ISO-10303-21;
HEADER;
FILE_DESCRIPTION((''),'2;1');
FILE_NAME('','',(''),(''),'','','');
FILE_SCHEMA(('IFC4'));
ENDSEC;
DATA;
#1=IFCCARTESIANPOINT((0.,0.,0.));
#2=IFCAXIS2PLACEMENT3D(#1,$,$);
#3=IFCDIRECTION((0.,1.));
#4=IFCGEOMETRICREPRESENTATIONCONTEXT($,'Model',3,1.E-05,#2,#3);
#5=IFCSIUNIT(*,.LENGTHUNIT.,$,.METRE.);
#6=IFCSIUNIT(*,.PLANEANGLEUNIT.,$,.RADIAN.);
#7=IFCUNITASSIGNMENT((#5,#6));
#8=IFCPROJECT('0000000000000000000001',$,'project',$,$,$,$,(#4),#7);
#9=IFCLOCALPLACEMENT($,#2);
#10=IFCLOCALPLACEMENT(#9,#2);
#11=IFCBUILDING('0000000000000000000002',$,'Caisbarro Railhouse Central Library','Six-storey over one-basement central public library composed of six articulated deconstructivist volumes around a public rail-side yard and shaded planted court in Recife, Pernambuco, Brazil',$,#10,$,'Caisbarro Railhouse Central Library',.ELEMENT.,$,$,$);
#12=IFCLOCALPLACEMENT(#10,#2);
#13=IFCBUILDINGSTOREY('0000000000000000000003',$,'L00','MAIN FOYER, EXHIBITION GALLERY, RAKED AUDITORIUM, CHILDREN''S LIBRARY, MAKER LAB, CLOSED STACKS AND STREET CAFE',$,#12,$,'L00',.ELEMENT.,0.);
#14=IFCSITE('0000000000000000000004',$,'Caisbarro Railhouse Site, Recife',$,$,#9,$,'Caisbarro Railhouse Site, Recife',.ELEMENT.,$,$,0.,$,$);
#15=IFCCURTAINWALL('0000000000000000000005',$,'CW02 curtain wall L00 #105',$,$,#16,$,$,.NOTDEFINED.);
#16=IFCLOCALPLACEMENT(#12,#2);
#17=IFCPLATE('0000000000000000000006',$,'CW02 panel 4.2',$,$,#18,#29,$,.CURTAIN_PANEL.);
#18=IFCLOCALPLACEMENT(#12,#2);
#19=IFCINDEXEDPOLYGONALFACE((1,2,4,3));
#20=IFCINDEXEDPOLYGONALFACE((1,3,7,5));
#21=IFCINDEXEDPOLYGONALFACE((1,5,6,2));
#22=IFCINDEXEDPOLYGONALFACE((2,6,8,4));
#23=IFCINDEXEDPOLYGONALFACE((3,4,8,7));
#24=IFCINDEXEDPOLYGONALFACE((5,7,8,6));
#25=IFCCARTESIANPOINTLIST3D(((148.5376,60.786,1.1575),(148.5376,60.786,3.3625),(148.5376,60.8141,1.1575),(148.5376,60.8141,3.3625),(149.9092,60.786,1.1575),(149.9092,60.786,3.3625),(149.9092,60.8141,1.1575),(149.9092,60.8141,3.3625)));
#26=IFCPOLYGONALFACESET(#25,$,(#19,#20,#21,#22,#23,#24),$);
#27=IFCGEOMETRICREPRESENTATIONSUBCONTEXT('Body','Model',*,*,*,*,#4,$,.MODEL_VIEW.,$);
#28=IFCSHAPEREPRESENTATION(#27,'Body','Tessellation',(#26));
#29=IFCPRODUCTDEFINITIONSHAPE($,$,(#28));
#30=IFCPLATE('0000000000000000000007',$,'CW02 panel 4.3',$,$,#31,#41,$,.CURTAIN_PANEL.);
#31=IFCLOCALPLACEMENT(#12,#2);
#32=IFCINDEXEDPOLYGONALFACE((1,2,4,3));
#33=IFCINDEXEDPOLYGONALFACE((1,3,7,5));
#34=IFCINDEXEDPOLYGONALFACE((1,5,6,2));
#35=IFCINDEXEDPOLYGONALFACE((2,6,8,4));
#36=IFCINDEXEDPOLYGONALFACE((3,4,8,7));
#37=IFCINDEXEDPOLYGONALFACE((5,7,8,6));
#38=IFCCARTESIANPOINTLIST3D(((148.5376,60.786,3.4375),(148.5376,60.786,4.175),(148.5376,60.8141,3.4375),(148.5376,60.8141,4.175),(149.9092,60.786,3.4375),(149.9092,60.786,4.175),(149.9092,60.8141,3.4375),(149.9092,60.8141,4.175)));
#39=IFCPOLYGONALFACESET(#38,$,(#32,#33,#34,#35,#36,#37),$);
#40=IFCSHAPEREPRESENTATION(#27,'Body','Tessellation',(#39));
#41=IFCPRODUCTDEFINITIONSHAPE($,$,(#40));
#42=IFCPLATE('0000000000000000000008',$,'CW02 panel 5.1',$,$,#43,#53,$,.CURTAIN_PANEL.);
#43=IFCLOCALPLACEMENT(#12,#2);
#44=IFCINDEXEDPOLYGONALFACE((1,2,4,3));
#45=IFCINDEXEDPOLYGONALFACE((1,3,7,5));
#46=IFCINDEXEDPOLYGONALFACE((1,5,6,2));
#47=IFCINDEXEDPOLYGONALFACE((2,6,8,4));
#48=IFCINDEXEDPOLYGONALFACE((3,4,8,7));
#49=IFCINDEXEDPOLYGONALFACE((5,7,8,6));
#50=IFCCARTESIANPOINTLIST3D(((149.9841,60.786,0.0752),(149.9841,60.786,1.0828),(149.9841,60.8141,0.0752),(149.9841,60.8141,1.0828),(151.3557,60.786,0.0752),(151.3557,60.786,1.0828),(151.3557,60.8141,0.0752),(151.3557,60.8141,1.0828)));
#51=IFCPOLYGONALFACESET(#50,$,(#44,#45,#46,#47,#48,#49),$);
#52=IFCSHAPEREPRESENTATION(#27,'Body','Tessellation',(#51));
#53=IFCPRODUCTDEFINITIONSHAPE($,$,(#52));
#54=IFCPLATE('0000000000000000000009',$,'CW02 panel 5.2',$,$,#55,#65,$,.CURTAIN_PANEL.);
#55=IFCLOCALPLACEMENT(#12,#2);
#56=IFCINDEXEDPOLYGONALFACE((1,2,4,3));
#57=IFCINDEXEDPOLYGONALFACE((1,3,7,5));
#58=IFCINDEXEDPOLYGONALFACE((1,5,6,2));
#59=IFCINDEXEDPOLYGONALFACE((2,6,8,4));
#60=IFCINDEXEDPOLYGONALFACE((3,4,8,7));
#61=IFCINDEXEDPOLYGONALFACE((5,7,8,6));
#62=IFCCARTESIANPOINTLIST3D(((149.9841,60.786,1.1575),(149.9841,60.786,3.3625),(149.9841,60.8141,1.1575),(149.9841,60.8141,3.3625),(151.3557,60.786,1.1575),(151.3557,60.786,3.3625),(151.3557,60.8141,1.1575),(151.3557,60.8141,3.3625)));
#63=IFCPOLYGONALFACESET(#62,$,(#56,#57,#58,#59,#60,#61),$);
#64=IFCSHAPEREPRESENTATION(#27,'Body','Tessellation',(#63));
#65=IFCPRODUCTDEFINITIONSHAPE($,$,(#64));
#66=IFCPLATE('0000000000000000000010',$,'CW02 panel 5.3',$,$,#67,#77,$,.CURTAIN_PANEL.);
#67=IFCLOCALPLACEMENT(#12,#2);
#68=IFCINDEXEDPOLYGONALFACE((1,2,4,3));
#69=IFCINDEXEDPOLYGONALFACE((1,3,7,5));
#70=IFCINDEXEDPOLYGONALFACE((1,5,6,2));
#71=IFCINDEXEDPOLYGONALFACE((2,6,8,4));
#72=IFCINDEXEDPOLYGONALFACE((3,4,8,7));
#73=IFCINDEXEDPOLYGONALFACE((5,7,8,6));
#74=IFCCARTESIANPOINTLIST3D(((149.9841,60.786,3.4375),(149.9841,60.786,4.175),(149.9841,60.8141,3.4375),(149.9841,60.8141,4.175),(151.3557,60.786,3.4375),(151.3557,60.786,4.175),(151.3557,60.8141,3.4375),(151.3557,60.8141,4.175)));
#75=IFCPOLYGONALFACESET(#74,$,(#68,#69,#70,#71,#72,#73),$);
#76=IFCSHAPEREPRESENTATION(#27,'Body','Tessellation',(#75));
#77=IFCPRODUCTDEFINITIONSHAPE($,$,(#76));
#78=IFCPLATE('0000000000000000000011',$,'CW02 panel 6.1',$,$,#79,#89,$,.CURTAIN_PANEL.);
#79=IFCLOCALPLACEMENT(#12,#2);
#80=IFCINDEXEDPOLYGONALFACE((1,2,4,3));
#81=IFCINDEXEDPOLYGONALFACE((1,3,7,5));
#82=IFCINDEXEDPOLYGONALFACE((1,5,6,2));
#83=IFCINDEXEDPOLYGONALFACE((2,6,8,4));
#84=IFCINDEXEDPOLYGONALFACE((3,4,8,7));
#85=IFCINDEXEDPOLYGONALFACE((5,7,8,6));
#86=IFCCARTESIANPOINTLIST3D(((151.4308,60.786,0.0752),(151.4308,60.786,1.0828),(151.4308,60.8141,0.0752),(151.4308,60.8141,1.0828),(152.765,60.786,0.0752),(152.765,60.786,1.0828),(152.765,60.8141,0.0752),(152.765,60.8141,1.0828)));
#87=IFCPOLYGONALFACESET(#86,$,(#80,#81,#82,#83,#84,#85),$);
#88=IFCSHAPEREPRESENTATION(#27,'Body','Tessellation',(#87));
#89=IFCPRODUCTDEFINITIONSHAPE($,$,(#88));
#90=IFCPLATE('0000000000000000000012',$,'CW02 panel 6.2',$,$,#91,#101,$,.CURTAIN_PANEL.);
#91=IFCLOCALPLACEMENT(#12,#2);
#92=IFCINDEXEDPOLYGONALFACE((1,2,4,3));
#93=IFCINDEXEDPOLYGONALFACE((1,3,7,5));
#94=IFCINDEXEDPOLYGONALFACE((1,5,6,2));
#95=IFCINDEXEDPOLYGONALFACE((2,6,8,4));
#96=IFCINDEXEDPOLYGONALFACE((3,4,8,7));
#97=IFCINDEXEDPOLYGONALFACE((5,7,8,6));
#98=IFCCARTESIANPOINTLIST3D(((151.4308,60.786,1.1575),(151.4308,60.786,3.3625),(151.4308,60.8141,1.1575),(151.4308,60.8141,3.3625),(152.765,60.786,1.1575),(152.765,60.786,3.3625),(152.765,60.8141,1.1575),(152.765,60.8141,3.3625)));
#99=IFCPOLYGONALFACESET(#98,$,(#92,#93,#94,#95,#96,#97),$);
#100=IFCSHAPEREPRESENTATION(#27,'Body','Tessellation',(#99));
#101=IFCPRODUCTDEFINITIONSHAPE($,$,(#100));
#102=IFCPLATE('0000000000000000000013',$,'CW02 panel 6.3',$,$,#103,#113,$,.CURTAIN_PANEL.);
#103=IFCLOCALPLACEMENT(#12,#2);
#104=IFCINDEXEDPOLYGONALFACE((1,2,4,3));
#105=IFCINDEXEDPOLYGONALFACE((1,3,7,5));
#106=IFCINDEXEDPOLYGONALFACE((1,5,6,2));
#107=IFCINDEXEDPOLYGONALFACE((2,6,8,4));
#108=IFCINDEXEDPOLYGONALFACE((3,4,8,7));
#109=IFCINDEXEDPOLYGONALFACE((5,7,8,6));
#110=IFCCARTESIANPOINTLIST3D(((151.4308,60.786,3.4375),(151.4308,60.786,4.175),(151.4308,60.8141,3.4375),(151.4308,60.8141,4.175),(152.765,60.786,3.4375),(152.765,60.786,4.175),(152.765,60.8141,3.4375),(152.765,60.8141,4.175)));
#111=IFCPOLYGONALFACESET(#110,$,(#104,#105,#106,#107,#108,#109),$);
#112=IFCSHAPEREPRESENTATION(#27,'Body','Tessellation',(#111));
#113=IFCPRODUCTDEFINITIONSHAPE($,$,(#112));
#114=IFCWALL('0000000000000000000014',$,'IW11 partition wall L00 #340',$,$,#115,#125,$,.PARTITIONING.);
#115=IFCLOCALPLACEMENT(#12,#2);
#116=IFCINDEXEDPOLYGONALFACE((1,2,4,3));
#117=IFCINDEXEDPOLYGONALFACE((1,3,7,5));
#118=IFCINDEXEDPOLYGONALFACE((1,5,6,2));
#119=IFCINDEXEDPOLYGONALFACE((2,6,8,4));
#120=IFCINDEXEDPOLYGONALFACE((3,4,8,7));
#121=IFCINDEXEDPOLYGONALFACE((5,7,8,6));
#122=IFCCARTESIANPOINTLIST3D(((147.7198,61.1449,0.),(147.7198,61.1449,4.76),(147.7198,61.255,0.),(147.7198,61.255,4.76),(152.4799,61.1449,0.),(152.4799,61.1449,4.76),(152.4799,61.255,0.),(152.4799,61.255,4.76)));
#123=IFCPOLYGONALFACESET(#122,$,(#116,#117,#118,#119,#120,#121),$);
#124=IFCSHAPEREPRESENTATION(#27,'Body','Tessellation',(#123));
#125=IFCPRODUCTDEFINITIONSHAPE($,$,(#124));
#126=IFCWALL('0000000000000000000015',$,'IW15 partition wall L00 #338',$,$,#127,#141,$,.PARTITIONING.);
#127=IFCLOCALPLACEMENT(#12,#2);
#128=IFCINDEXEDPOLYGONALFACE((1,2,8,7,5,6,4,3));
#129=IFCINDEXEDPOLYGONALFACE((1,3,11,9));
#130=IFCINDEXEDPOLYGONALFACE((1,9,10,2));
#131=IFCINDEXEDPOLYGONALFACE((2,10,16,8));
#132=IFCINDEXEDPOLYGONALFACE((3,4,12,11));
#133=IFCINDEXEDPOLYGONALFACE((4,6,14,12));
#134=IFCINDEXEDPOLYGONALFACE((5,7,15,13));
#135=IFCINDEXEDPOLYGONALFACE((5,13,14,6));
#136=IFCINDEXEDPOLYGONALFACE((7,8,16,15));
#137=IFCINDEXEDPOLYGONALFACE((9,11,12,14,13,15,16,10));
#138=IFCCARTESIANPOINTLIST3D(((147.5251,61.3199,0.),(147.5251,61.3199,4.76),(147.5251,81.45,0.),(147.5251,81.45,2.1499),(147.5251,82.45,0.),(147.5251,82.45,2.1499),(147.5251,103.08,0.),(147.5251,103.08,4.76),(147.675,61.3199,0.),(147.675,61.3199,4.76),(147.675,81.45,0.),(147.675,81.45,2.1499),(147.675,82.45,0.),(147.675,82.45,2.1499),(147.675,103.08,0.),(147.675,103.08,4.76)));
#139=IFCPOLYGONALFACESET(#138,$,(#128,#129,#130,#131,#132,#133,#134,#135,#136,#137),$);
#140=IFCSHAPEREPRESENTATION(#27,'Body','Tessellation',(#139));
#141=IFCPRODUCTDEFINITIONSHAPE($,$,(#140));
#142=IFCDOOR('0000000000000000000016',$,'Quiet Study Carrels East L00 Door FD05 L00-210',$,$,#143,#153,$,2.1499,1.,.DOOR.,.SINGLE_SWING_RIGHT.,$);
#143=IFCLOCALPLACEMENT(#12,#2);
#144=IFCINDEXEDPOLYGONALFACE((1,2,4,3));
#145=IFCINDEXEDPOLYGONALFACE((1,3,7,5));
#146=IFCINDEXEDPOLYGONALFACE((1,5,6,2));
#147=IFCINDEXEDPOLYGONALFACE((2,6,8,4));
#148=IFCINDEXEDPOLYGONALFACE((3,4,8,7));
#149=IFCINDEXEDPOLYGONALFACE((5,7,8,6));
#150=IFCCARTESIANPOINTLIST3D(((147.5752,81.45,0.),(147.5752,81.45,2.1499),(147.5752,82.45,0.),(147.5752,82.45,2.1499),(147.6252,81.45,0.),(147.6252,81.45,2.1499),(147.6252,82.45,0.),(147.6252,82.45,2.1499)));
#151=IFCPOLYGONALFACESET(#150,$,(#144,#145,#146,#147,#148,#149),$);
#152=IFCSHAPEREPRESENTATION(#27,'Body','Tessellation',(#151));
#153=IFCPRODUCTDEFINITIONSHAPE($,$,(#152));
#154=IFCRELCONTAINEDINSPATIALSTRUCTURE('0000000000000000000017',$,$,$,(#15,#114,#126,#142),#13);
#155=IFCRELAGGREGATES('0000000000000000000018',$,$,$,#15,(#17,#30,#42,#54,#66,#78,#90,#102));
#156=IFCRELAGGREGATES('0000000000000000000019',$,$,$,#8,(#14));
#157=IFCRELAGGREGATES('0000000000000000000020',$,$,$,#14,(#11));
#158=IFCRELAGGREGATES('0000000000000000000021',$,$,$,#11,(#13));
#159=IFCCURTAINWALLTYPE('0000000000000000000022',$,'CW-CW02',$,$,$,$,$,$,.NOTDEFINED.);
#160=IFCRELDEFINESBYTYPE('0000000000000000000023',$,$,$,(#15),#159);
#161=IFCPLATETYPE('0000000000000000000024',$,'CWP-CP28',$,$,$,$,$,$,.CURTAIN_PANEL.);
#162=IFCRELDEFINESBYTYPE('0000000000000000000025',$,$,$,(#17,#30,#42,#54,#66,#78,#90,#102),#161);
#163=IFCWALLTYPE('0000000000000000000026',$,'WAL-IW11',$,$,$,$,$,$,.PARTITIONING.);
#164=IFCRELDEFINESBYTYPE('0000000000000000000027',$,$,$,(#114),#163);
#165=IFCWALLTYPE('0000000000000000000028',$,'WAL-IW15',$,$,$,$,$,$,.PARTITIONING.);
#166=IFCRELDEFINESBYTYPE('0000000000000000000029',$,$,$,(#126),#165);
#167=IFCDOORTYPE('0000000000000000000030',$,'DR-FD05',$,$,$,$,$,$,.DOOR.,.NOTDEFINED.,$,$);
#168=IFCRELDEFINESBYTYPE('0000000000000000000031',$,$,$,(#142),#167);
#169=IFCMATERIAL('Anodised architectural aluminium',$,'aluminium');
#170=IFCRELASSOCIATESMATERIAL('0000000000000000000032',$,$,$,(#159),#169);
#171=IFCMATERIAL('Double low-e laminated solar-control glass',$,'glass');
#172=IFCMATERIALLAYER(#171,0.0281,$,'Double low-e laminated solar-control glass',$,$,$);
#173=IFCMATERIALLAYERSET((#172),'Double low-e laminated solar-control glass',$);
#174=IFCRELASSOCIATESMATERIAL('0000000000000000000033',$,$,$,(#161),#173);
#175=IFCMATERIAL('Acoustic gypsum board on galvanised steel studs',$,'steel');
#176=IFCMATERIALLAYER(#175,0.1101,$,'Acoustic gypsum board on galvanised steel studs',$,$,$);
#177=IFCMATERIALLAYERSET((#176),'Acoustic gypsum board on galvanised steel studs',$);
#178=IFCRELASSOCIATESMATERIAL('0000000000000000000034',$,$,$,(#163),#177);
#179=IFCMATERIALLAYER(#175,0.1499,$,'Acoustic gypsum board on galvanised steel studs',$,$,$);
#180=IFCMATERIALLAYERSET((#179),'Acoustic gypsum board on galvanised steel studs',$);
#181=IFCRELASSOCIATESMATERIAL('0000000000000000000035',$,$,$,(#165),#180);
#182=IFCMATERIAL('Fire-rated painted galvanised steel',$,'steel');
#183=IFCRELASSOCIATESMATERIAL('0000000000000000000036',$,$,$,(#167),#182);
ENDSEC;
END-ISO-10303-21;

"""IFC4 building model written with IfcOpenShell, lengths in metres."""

from ifc_helpers import new_model, si_unit, direction, frame, frame_2d, origin, origin_2d, place, context, subcontext, project, spatial, rectangle, extrude, material, layer, layer_set, type_object, element, fill, aggregate, save


model = new_model("IFC4")

# Units and contexts
model_context = context("Model", 3, precision=1e-05, world=origin(), true_north=direction((0.0, 1.0)))
body_context = subcontext(model_context, "Body", "Model", "MODEL_VIEW")
ifc_project = project(units=[si_unit("LENGTHUNIT", "METRE"), si_unit("PLANEANGLEUNIT", "RADIAN")], contexts=[model_context])

# Site, building, storey
site_placement = place(None, origin())
site = spatial("IfcSite", under=ifc_project, at=site_placement, Name="Caisbarro Railhouse Site, Recife", LongName="Caisbarro Railhouse Site, Recife", CompositionType="ELEMENT", RefElevation=0.0)
building_placement = place(site_placement, origin())
building = spatial("IfcBuilding", under=site, at=building_placement, Name="Caisbarro Railhouse Central Library", Description="Six-storey over one-basement central public library composed of six articulated deconstructivist volumes around a public rail-side yard and shaded planted court in Recife, Pernambuco, Brazil", LongName="Caisbarro Railhouse Central Library", CompositionType="ELEMENT")
storey_placement = place(building_placement, origin())
storey = spatial("IfcBuildingStorey", under=building, at=storey_placement, Name="L00", Description="MAIN FOYER, EXHIBITION GALLERY, RAKED AUDITORIUM, CHILDREN'S LIBRARY, MAKER LAB, CLOSED STACKS AND STREET CAFE", LongName="L00", CompositionType="ELEMENT", Elevation=0.0)

# Curtain wall
ifc_material_1 = material(Name="Anodised architectural aluminium", Category="aluminium")
curtain_wall_type_1 = type_object("IfcCurtainWallType", Name="CW-CW02", PredefinedType="NOTDEFINED", material=ifc_material_1)
curtain_wall_1_placement = place(storey_placement, origin())
curtain_wall_1 = element("IfcCurtainWall", 1, at=curtain_wall_1_placement, inside=storey, type_object=curtain_wall_type_1, Name="CW02 curtain wall L00 #105", PredefinedType="NOTDEFINED")

# Plates
ifc_material_2 = material(Name="Double low-e laminated solar-control glass", Category="glass")
ifc_layer_1 = layer(ifc_material_2, 0.0281, Name="Double low-e laminated solar-control glass")
ifc_layer_set_1 = layer_set([ifc_layer_1], Name="Double low-e laminated solar-control glass")
plate_type = type_object("IfcPlateType", Name="CWP-CP28", PredefinedType="CURTAIN_PANEL", material=ifc_layer_set_1)
plate_1_placement = place(storey_placement, frame((149.2234, 60.8, 1.1575), z_axis=(0.0, 0.0, 1.0), x_axis=(1.0, 0.0, 0.0)))
plate_1 = element("IfcPlate", 2, at=plate_1_placement, type_object=plate_type, Name="CW02 panel 4.2", PredefinedType="CURTAIN_PANEL", context=body_context, shape_type="SweptSolid", body=[
    extrude(rectangle(XDim=1.3716, YDim=0.0281, at=origin_2d()), origin(), (0.0, 0.0, 1.0), 2.2051),
])
plate_2_placement = place(storey_placement, frame((149.2234, 60.8, 3.4375), z_axis=(0.0, 0.0, 1.0), x_axis=(1.0, 0.0, 0.0)))
plate_2 = element("IfcPlate", 3, at=plate_2_placement, type_object=plate_type, Name="CW02 panel 4.3", PredefinedType="CURTAIN_PANEL", context=body_context, shape_type="SweptSolid", body=[
    extrude(rectangle(XDim=1.3716, YDim=0.0281, at=origin_2d()), origin(), (0.0, 0.0, 1.0), 0.7375),
])
plate_3_placement = place(storey_placement, frame((150.6699, 60.8, 0.0752), z_axis=(0.0, 0.0, 1.0), x_axis=(1.0, 0.0, 0.0)))
plate_3 = element("IfcPlate", 4, at=plate_3_placement, type_object=plate_type, Name="CW02 panel 5.1", PredefinedType="CURTAIN_PANEL", context=body_context, shape_type="SweptSolid", body=[
    extrude(rectangle(XDim=1.3716, YDim=0.0281, at=origin_2d()), origin(), (0.0, 0.0, 1.0), 1.0076),
])
plate_4_placement = place(storey_placement, frame((150.6699, 60.8, 1.1575), z_axis=(0.0, 0.0, 1.0), x_axis=(1.0, 0.0, 0.0)))
plate_4 = element("IfcPlate", 5, at=plate_4_placement, type_object=plate_type, Name="CW02 panel 5.2", PredefinedType="CURTAIN_PANEL", context=body_context, shape_type="SweptSolid", body=[
    extrude(rectangle(XDim=1.3716, YDim=0.0281, at=origin_2d()), origin(), (0.0, 0.0, 1.0), 2.2051),
])
plate_5_placement = place(storey_placement, frame((150.6699, 60.8, 3.4375), z_axis=(0.0, 0.0, 1.0), x_axis=(1.0, 0.0, 0.0)))
plate_5 = element("IfcPlate", 6, at=plate_5_placement, type_object=plate_type, Name="CW02 panel 5.3", PredefinedType="CURTAIN_PANEL", context=body_context, shape_type="SweptSolid", body=[
    extrude(rectangle(XDim=1.3716, YDim=0.0281, at=origin_2d()), origin(), (0.0, 0.0, 1.0), 0.7375),
])
plate_6_placement = place(storey_placement, frame((152.0979, 60.8, 0.0752), z_axis=(0.0, 0.0, 1.0), x_axis=(1.0, 0.0, 0.0)))
plate_6 = element("IfcPlate", 7, at=plate_6_placement, type_object=plate_type, Name="CW02 panel 6.1", PredefinedType="CURTAIN_PANEL", context=body_context, shape_type="SweptSolid", body=[
    extrude(rectangle(XDim=1.3342, YDim=0.0281, at=origin_2d()), origin(), (0.0, 0.0, 1.0), 1.0076),
])
plate_7_placement = place(storey_placement, frame((152.0979, 60.8, 1.1575), z_axis=(0.0, 0.0, 1.0), x_axis=(1.0, 0.0, 0.0)))
plate_7 = element("IfcPlate", 8, at=plate_7_placement, type_object=plate_type, Name="CW02 panel 6.2", PredefinedType="CURTAIN_PANEL", context=body_context, shape_type="SweptSolid", body=[
    extrude(rectangle(XDim=1.3342, YDim=0.0281, at=origin_2d()), origin(), (0.0, 0.0, 1.0), 2.2051),
])
plate_8_placement = place(storey_placement, frame((152.0979, 60.8, 3.4375), z_axis=(0.0, 0.0, 1.0), x_axis=(1.0, 0.0, 0.0)))
plate_8 = element("IfcPlate", 9, at=plate_8_placement, type_object=plate_type, Name="CW02 panel 6.3", PredefinedType="CURTAIN_PANEL", context=body_context, shape_type="SweptSolid", body=[
    extrude(rectangle(XDim=1.3342, YDim=0.0281, at=origin_2d()), origin(), (0.0, 0.0, 1.0), 0.7375),
])
aggregate(curtain_wall_1, [plate_1, plate_2, plate_3, plate_4, plate_5, plate_6, plate_7, plate_8])

# Wall
ifc_material_3 = material(Name="Acoustic gypsum board on galvanised steel studs", Category="steel")
ifc_layer_2 = layer(ifc_material_3, 0.1101, Name="Acoustic gypsum board on galvanised steel studs")
ifc_layer_set_2 = layer_set([ifc_layer_2], Name="Acoustic gypsum board on galvanised steel studs")
wall_type_1 = type_object("IfcWallType", Name="WAL-IW11", PredefinedType="PARTITIONING", material=ifc_layer_set_2)
wall_1_placement = place(storey_placement, frame((147.72, 61.2, 0.0), z_axis=(0.0, 0.0, 1.0), x_axis=(1.0, 0.0, 0.0)))
element("IfcWall", 10, at=wall_1_placement, inside=storey, type_object=wall_type_1, Name="IW11 partition wall L00 #340", PredefinedType="PARTITIONING", context=body_context, shape_type="SweptSolid", body=[
    extrude(rectangle(XDim=4.76, YDim=0.1101, at=frame_2d((2.3799, 0.0))), origin(), (0.0, 0.0, 1.0), 4.76),
])

# Wall, opening, door
ifc_layer_3 = layer(ifc_material_3, 0.1499, Name="Acoustic gypsum board on galvanised steel studs")
ifc_layer_set_3 = layer_set([ifc_layer_3], Name="Acoustic gypsum board on galvanised steel studs")
wall_type_2 = type_object("IfcWallType", Name="WAL-IW15", PredefinedType="PARTITIONING", material=ifc_layer_set_3)
wall_2_placement = place(storey_placement, frame((147.6001, 61.3201, 0.0), z_axis=(0.0, 0.0, 1.0), x_axis=(0.0, 1.0, 0.0)))
wall_2 = element("IfcWall", 11, at=wall_2_placement, inside=storey, type_object=wall_type_2, Name="IW15 partition wall L00 #338", PredefinedType="PARTITIONING", context=body_context, shape_type="SweptSolid", body=[
    extrude(rectangle(XDim=41.76, YDim=0.1499, at=frame_2d((20.8799, 0.0))), origin(), (0.0, 0.0, 1.0), 4.76),
])
opening_placement = place(wall_2_placement, frame((20.1299, 0.0, 0.0)))
opening = element("IfcOpeningElement", 12, at=opening_placement, cuts=wall_2, PredefinedType="OPENING", context=body_context, shape_type="SweptSolid", body=[
    extrude(rectangle(XDim=1.0, YDim=2.1499, at=frame_2d((0.5, 1.075))), frame((0.0, 0.085, 0.0), z_axis=(0.0, -1.0, 0.0), x_axis=(1.0, 0.0, 0.0)), (0.0, 0.0, 1.0), 0.1699),
])
ifc_material_4 = material(Name="Fire-rated painted galvanised steel", Category="steel")
door_type = type_object("IfcDoorType", Name="DR-FD05", OperationType="NOTDEFINED", PredefinedType="DOOR", material=ifc_material_4)
door_placement = place(opening_placement, origin())
door = element("IfcDoor", 13, at=door_placement, inside=storey, type_object=door_type, Name="Quiet Study Carrels East L00 Door FD05 L00-210", OperationType="SINGLE_SWING_RIGHT", OverallHeight=2.1499, OverallWidth=1.0, PredefinedType="DOOR", context=body_context, shape_type="SweptSolid", body=[
    extrude(rectangle(XDim=1.0, YDim=2.1499, at=frame_2d((0.5, 1.075))), frame((0.0, 0.0249, 0.0), z_axis=(0.0, -1.0, 0.0), x_axis=(1.0, 0.0, 0.0)), (0.0, 0.0, 1.0), 0.05),
])
fill(opening, door)

save(model, "model.ifc")
